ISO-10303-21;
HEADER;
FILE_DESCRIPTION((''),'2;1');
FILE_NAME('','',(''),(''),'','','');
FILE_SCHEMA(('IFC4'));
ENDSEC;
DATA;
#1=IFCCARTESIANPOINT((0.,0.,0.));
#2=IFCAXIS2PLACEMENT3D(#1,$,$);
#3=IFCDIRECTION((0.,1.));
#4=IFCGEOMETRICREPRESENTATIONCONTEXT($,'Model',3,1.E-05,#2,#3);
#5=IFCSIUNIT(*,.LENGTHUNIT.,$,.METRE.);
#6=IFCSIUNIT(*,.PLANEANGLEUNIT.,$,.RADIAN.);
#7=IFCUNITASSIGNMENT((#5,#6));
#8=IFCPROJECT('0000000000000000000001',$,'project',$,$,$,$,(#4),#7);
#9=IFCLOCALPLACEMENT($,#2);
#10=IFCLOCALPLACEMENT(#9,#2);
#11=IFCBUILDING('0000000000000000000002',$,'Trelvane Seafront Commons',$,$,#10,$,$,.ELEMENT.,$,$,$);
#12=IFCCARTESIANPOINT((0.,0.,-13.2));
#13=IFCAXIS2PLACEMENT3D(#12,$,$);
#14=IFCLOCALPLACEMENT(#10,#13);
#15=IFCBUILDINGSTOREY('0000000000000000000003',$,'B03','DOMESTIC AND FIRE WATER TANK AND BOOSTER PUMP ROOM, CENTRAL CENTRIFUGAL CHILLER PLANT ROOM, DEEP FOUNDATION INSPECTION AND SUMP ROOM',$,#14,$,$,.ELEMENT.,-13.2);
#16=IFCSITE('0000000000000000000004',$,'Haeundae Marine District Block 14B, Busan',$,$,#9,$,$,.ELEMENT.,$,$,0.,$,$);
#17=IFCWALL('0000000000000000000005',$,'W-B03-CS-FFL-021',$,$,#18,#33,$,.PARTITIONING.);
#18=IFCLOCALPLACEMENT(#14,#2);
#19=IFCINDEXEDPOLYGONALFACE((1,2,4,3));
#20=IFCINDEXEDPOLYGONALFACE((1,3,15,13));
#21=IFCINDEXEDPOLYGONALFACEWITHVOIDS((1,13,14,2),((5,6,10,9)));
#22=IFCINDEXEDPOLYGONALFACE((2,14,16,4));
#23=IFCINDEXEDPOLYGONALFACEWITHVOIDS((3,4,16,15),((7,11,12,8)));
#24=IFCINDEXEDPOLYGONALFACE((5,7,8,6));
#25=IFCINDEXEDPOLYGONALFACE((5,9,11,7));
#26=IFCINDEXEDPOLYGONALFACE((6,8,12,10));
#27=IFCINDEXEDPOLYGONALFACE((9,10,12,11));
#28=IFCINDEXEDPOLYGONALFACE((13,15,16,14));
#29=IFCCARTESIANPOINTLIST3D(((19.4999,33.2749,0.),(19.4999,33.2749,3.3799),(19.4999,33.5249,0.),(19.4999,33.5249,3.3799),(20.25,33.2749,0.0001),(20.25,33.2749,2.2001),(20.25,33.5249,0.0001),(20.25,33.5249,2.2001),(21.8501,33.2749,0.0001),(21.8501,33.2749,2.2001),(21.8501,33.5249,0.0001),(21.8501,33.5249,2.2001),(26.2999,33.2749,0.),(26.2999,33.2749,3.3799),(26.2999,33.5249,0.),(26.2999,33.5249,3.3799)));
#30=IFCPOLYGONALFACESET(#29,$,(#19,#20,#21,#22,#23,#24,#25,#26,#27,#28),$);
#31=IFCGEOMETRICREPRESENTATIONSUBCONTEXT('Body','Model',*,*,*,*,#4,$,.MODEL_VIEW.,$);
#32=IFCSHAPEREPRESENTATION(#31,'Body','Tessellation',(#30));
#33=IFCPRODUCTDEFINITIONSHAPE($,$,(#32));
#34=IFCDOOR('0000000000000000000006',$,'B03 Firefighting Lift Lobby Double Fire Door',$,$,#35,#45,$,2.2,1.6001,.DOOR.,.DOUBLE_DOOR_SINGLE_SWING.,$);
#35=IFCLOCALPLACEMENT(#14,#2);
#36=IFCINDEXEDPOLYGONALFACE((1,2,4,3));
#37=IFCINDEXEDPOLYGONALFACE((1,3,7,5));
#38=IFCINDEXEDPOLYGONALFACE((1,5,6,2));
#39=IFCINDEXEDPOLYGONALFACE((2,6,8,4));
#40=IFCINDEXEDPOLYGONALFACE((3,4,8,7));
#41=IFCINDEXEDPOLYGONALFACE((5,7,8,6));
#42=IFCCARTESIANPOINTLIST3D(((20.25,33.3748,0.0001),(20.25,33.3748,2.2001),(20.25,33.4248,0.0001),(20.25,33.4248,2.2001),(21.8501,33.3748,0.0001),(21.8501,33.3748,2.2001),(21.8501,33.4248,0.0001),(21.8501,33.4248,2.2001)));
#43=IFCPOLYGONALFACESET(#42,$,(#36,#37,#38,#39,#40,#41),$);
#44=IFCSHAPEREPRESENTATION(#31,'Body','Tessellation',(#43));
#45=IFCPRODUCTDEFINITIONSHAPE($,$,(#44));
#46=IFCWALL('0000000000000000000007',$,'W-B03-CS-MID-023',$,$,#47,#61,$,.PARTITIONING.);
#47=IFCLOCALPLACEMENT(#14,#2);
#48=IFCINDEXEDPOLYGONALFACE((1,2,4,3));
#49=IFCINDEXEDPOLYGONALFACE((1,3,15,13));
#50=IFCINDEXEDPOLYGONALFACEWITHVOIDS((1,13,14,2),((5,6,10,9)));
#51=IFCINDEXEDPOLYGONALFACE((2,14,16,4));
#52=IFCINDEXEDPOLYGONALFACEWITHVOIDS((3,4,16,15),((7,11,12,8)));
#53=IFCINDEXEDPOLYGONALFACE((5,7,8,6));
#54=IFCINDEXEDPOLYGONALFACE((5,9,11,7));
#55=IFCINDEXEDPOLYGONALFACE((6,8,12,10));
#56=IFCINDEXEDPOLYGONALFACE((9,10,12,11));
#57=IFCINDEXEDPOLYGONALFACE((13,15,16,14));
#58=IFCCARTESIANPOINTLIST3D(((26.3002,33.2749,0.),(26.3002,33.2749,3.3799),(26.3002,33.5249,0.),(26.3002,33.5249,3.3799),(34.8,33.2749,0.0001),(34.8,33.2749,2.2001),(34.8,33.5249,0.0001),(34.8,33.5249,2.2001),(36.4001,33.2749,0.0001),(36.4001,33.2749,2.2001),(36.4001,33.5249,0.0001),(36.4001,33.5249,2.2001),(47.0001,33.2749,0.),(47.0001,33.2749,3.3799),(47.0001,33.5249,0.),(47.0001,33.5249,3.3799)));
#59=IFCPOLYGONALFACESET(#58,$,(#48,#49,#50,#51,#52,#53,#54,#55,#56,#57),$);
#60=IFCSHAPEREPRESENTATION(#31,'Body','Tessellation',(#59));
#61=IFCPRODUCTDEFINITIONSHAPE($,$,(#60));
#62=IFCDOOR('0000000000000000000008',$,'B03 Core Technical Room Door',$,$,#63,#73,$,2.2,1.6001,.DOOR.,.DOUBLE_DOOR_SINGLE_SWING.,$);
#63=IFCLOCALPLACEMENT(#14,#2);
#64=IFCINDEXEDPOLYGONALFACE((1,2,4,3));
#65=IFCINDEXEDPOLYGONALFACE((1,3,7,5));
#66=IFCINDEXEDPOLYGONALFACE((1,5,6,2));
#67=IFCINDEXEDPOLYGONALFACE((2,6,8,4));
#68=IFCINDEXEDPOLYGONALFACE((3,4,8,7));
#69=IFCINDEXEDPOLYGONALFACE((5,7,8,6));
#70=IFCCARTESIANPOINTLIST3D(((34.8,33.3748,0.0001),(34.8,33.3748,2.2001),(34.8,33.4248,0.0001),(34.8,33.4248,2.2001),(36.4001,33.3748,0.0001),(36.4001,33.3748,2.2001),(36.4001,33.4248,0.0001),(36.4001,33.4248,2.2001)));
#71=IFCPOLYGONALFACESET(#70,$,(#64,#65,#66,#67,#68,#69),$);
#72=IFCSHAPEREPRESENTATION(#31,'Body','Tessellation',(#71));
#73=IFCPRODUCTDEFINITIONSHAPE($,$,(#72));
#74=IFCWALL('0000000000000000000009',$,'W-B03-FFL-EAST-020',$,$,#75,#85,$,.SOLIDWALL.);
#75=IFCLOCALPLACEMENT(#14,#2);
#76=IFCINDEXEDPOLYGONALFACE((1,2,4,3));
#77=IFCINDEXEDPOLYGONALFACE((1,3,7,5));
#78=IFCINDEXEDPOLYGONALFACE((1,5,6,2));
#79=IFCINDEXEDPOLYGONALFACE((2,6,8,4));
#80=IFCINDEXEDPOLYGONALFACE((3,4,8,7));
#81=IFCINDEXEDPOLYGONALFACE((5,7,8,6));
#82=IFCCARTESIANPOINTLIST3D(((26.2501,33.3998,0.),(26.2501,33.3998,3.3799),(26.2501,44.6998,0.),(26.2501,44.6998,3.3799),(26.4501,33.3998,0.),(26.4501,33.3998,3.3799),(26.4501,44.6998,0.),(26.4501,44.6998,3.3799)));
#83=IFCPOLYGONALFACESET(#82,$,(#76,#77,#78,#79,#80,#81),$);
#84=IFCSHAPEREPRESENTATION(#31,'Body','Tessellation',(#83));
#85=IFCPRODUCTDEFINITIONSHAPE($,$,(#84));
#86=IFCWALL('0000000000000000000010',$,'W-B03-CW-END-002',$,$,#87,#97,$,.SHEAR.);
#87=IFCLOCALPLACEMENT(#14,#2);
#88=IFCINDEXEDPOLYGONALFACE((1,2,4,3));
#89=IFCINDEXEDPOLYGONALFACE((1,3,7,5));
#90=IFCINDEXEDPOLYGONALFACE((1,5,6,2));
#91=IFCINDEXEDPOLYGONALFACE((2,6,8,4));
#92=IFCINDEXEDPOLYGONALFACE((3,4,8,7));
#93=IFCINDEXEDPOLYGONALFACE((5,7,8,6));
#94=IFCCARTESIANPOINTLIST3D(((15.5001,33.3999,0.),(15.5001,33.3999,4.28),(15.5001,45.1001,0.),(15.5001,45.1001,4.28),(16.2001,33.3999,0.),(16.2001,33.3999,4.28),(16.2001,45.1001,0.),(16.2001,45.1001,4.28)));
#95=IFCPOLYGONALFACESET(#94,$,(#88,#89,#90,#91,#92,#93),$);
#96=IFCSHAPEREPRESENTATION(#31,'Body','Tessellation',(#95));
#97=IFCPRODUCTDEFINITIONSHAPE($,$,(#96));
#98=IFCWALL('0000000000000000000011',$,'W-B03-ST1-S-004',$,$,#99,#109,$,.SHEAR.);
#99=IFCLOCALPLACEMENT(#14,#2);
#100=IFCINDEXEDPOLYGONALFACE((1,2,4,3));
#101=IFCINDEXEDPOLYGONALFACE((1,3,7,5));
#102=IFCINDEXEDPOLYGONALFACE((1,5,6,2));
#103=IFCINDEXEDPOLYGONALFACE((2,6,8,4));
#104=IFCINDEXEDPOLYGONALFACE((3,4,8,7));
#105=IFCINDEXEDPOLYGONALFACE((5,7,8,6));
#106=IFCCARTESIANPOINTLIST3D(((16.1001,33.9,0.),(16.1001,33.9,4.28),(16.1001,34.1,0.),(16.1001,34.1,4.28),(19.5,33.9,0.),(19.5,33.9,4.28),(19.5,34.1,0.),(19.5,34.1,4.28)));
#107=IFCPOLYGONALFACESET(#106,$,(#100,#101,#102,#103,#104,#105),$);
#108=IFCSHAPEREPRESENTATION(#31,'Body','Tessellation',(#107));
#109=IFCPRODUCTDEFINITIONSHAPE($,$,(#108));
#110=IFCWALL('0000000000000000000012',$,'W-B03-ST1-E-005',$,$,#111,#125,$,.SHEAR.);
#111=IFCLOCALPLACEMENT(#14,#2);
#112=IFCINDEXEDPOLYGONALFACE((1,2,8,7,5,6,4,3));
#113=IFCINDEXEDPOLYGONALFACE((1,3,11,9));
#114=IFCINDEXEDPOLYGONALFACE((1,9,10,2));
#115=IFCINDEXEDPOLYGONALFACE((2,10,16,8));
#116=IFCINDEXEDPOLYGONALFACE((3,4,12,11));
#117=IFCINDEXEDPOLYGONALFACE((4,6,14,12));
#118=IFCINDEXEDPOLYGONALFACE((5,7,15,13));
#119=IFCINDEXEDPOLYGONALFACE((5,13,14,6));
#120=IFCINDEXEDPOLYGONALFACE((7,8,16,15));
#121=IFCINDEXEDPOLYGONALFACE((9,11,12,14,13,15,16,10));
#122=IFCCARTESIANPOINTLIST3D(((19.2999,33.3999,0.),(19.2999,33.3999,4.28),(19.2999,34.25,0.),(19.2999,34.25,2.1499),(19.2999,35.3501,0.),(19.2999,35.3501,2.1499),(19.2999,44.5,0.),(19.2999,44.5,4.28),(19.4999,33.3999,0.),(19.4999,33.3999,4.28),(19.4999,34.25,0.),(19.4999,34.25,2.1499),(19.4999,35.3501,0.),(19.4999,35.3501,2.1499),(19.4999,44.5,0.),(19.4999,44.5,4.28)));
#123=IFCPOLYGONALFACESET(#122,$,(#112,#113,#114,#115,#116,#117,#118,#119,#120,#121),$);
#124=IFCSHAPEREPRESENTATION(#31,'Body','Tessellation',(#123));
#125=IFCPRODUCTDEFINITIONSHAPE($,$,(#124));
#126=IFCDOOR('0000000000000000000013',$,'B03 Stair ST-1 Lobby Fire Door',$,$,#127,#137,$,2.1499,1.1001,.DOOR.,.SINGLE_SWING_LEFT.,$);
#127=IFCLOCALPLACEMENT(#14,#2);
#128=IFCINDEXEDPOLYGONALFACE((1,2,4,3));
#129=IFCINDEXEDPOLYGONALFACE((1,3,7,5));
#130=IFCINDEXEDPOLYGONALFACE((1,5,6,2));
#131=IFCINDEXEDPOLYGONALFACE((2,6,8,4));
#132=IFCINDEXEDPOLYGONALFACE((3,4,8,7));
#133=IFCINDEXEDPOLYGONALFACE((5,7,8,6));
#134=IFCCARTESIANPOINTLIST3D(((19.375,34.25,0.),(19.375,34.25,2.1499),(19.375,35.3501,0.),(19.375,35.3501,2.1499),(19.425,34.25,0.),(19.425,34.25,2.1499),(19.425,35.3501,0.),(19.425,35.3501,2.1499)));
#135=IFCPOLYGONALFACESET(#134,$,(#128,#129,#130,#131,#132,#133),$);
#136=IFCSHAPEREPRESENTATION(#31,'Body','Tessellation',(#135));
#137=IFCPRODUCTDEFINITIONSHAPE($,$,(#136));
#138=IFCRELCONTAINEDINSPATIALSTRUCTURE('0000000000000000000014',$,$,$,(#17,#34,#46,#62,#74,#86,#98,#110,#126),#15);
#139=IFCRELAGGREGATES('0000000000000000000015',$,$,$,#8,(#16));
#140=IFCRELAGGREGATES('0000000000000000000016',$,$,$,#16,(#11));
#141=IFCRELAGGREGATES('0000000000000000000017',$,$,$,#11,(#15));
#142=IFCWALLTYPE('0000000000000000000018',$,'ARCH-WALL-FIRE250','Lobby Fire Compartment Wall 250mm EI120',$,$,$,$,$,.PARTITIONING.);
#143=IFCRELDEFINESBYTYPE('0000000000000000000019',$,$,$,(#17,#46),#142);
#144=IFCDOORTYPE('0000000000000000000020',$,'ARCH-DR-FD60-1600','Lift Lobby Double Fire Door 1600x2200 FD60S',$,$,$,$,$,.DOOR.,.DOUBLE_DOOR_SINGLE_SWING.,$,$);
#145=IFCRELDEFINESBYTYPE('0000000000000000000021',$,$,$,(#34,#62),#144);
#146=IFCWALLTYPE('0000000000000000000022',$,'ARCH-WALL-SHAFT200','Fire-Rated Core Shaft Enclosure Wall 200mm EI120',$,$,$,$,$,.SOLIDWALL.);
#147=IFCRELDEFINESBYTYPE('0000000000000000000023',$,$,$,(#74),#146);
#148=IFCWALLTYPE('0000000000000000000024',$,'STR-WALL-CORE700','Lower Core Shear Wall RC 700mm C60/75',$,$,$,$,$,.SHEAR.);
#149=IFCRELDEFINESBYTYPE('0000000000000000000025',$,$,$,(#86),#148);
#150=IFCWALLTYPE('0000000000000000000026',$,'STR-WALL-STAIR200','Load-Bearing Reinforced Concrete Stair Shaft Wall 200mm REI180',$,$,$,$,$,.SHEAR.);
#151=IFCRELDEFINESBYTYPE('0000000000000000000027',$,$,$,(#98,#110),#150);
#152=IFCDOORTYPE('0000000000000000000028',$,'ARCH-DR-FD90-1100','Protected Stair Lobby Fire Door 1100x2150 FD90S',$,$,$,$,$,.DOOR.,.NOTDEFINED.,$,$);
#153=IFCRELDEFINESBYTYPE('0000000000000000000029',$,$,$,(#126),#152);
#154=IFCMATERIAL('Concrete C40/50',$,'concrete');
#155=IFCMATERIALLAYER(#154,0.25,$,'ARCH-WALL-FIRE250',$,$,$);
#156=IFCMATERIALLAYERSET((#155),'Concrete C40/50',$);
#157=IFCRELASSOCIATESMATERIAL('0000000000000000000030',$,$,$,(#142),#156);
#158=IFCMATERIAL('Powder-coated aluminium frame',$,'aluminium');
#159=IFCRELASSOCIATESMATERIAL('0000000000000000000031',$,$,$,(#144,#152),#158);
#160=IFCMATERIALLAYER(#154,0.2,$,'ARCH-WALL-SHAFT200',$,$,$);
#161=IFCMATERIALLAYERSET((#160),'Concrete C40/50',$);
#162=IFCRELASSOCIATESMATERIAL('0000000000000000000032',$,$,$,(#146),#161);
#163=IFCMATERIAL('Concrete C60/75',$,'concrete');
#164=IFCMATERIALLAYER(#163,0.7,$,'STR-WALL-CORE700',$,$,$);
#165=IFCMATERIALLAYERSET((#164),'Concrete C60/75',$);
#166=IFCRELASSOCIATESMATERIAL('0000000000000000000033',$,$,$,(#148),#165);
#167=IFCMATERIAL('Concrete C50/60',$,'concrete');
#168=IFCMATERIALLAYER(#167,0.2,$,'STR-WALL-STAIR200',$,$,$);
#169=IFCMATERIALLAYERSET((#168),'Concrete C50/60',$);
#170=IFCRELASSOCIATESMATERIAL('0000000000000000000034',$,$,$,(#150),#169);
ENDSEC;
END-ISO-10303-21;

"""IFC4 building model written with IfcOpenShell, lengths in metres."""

from ifc_helpers import new_model, si_unit, direction, frame, frame_2d, origin, place, context, subcontext, project, spatial, rectangle, extrude, source, transform, mapped, material, layer, layer_set, type_object, element, fill, save


model = new_model("IFC4")

# Units and contexts
model_context = context("Model", 3, precision=1e-05, world=origin(), true_north=direction((0.0, 1.0)))
body_context = subcontext(model_context, "Body", "Model", "MODEL_VIEW")
ifc_project = project(units=[si_unit("LENGTHUNIT", "METRE"), si_unit("PLANEANGLEUNIT", "RADIAN")], contexts=[model_context])

# Site, building, storey
site_placement = place(None, origin())
site = spatial("IfcSite", under=ifc_project, at=site_placement, Name="Haeundae Marine District Block 14B, Busan", CompositionType="ELEMENT", RefElevation=0.0)
building_placement = place(site_placement, origin())
building = spatial("IfcBuilding", under=site, at=building_placement, Name="Trelvane Seafront Commons", CompositionType="ELEMENT")
storey_placement = place(building_placement, frame((0.0, 0.0, -13.2)))
storey = spatial("IfcBuildingStorey", under=building, at=storey_placement, Name="B03", Description="DOMESTIC AND FIRE WATER TANK AND BOOSTER PUMP ROOM, CENTRAL CENTRIFUGAL CHILLER PLANT ROOM, DEEP FOUNDATION INSPECTION AND SUMP ROOM", CompositionType="ELEMENT", Elevation=-13.2)

# Shared definitions
ifc_material_1 = material(Name="Concrete C50/60", Category="concrete")

# Shared definitions
ifc_material_2 = material(Name="Concrete C60/75", Category="concrete")

# Shared definitions
ifc_material_3 = material(Name="Concrete C40/50", Category="concrete")

# Walls, openings, doors
ifc_layer_1 = layer(ifc_material_3, 0.25, Name="ARCH-WALL-FIRE250")
ifc_layer_set_1 = layer_set([ifc_layer_1], Name="Concrete C40/50")
wall_type_1 = type_object("IfcWallType", Name="ARCH-WALL-FIRE250", Description="Lobby Fire Compartment Wall 250mm EI120", PredefinedType="PARTITIONING", material=ifc_layer_set_1)
wall_1_placement = place(storey_placement, frame((19.5, 33.3999, 0.0), z_axis=(0.0, 0.0, 1.0), x_axis=(1.0, 0.0, 0.0)))
wall_1 = element("IfcWall", 1, at=wall_1_placement, inside=storey, type_object=wall_type_1, Name="W-B03-CS-FFL-021", PredefinedType="PARTITIONING", context=body_context, shape_type="SweptSolid", body=[
    extrude(rectangle(XDim=6.8, YDim=0.25, at=frame_2d((3.3999, 0.0))), origin(), (0.0, 0.0, 1.0), 3.3799),
])
opening_1_placement = place(wall_1_placement, frame((0.75, 0.0, 0.0)))
opening_1 = element("IfcOpeningElement", 2, at=opening_1_placement, cuts=wall_1, PredefinedType="OPENING", context=body_context, shape_type="SweptSolid", body=[
    extrude(rectangle(XDim=1.6001, YDim=2.2, at=frame_2d((0.8, 1.1001))), frame((0.0, 0.135, 0.0), z_axis=(0.0, -1.0, 0.0), x_axis=(1.0, 0.0, 0.0)), (0.0, 0.0, 1.0), 0.27),
])
ifc_material_4 = material(Name="Powder-coated aluminium frame", Category="aluminium")
door_type_1 = type_object("IfcDoorType", Name="ARCH-DR-FD60-1600", Description="Lift Lobby Double Fire Door 1600x2200 FD60S", OperationType="DOUBLE_DOOR_SINGLE_SWING", PredefinedType="DOOR", material=ifc_material_4)
shared_shape_1 = source(origin(), body_context, "Body", "SweptSolid", [
    extrude(rectangle(XDim=1.6001, YDim=2.2, at=frame_2d((0.8, 1.1001))), frame((0.0, 0.0249, 0.0), z_axis=(0.0, -1.0, 0.0), x_axis=(1.0, 0.0, 0.0)), (0.0, 0.0, 1.0), 0.05),
])
door_1_placement = place(opening_1_placement, origin())
door_1 = element("IfcDoor", 3, at=door_1_placement, inside=storey, type_object=door_type_1, Name="B03 Firefighting Lift Lobby Double Fire Door", OperationType="DOUBLE_DOOR_SINGLE_SWING", OverallHeight=2.2, OverallWidth=1.6001, PredefinedType="DOOR", context=body_context, shape_type="MappedRepresentation", body=[
    mapped(shared_shape_1, transform((0.0, 0.0, 0.0), x_axis=(1.0, 0.0, 0.0), y_axis=(0.0, 1.0, 0.0), z_axis=(0.0, 0.0, 1.0), scale=1.0)),
])
fill(opening_1, door_1)
wall_2_placement = place(storey_placement, frame((26.3, 33.3999, 0.0), z_axis=(0.0, 0.0, 1.0), x_axis=(1.0, 0.0, 0.0)))
wall_2 = element("IfcWall", 4, at=wall_2_placement, inside=storey, type_object=wall_type_1, Name="W-B03-CS-MID-023", PredefinedType="PARTITIONING", context=body_context, shape_type="SweptSolid", body=[
    extrude(rectangle(XDim=20.7, YDim=0.25, at=frame_2d((10.3501, 0.0))), origin(), (0.0, 0.0, 1.0), 3.3799),
])
opening_2_placement = place(wall_2_placement, frame((8.5, 0.0, 0.0)))
opening_2 = element("IfcOpeningElement", 5, at=opening_2_placement, cuts=wall_2, PredefinedType="OPENING", context=body_context, shape_type="SweptSolid", body=[
    extrude(rectangle(XDim=1.6001, YDim=2.2, at=frame_2d((0.8, 1.1001))), frame((0.0, 0.135, 0.0), z_axis=(0.0, -1.0, 0.0), x_axis=(1.0, 0.0, 0.0)), (0.0, 0.0, 1.0), 0.27),
])
door_2_placement = place(opening_2_placement, origin())
door_2 = element("IfcDoor", 6, at=door_2_placement, inside=storey, type_object=door_type_1, Name="B03 Core Technical Room Door", OperationType="DOUBLE_DOOR_SINGLE_SWING", OverallHeight=2.2, OverallWidth=1.6001, PredefinedType="DOOR", context=body_context, shape_type="MappedRepresentation", body=[
    mapped(shared_shape_1, transform((0.0, 0.0, 0.0), x_axis=(1.0, 0.0, 0.0), y_axis=(0.0, 1.0, 0.0), z_axis=(0.0, 0.0, 1.0), scale=1.0)),
])
fill(opening_2, door_2)

# Walls
ifc_layer_2 = layer(ifc_material_3, 0.2, Name="ARCH-WALL-SHAFT200")
ifc_layer_set_2 = layer_set([ifc_layer_2], Name="Concrete C40/50")
wall_type_2 = type_object("IfcWallType", Name="ARCH-WALL-SHAFT200", Description="Fire-Rated Core Shaft Enclosure Wall 200mm EI120", PredefinedType="SOLIDWALL", material=ifc_layer_set_2)
wall_3_placement = place(storey_placement, frame((26.3501, 33.3999, 0.0), z_axis=(0.0, 0.0, 1.0), x_axis=(0.0, 1.0, 0.0)))
element("IfcWall", 7, at=wall_3_placement, inside=storey, type_object=wall_type_2, Name="W-B03-FFL-EAST-020", PredefinedType="SOLIDWALL", context=body_context, shape_type="SweptSolid", body=[
    extrude(rectangle(XDim=11.3, YDim=0.2, at=frame_2d((5.6499, 0.0))), origin(), (0.0, 0.0, 1.0), 3.3799),
])
ifc_layer_3 = layer(ifc_material_2, 0.7, Name="STR-WALL-CORE700")
ifc_layer_set_3 = layer_set([ifc_layer_3], Name="Concrete C60/75")
wall_type_3 = type_object("IfcWallType", Name="STR-WALL-CORE700", Description="Lower Core Shear Wall RC 700mm C60/75", PredefinedType="SHEAR", material=ifc_layer_set_3)
wall_4_placement = place(storey_placement, frame((15.8501, 33.3999, 0.0), z_axis=(0.0, 0.0, 1.0), x_axis=(0.0, 1.0, 0.0)))
element("IfcWall", 8, at=wall_4_placement, inside=storey, type_object=wall_type_3, Name="W-B03-CW-END-002", PredefinedType="SHEAR", context=body_context, shape_type="SweptSolid", body=[
    extrude(rectangle(XDim=11.7002, YDim=0.7, at=frame_2d((5.8501, 0.0))), origin(), (0.0, 0.0, 1.0), 4.28),
])
ifc_layer_4 = layer(ifc_material_1, 0.2, Name="STR-WALL-STAIR200")
ifc_layer_set_4 = layer_set([ifc_layer_4], Name="Concrete C50/60")
wall_type_4 = type_object("IfcWallType", Name="STR-WALL-STAIR200", Description="Load-Bearing Reinforced Concrete Stair Shaft Wall 200mm REI180", PredefinedType="SHEAR", material=ifc_layer_set_4)
wall_5_placement = place(storey_placement, frame((16.1001, 34.0, 0.0), z_axis=(0.0, 0.0, 1.0), x_axis=(1.0, 0.0, 0.0)))
element("IfcWall", 9, at=wall_5_placement, inside=storey, type_object=wall_type_4, Name="W-B03-ST1-S-004", PredefinedType="SHEAR", context=body_context, shape_type="SweptSolid", body=[
    extrude(rectangle(XDim=3.3999, YDim=0.2, at=frame_2d((1.7, 0.0))), origin(), (0.0, 0.0, 1.0), 4.28),
])

# Wall, opening, door
wall_6_placement = place(storey_placement, frame((19.3999, 33.3999, 0.0), z_axis=(0.0, 0.0, 1.0), x_axis=(0.0, 1.0, 0.0)))
wall_6 = element("IfcWall", 10, at=wall_6_placement, inside=storey, type_object=wall_type_4, Name="W-B03-ST1-E-005", PredefinedType="SHEAR", context=body_context, shape_type="SweptSolid", body=[
    extrude(rectangle(XDim=11.1001, YDim=0.2, at=frame_2d((5.55, 0.0))), origin(), (0.0, 0.0, 1.0), 4.28),
])
opening_3_placement = place(wall_6_placement, frame((0.8501, 0.0, 0.0)))
opening_3 = element("IfcOpeningElement", 11, at=opening_3_placement, cuts=wall_6, PredefinedType="OPENING", context=body_context, shape_type="SweptSolid", body=[
    extrude(rectangle(XDim=1.1001, YDim=2.1499, at=frame_2d((0.55, 1.075))), frame((0.0, 0.1099, 0.0), z_axis=(0.0, -1.0, 0.0), x_axis=(1.0, 0.0, 0.0)), (0.0, 0.0, 1.0), 0.22),
])
door_type_2 = type_object("IfcDoorType", Name="ARCH-DR-FD90-1100", Description="Protected Stair Lobby Fire Door 1100x2150 FD90S", OperationType="NOTDEFINED", PredefinedType="DOOR", material=ifc_material_4)
shared_shape_2 = source(origin(), body_context, "Body", "SweptSolid", [
    extrude(rectangle(XDim=1.1001, YDim=2.1499, at=frame_2d((0.55, 1.075))), frame((0.0, 0.0249, 0.0), z_axis=(0.0, -1.0, 0.0), x_axis=(1.0, 0.0, 0.0)), (0.0, 0.0, 1.0), 0.05),
])
door_3_placement = place(opening_3_placement, origin())
door_3 = element("IfcDoor", 12, at=door_3_placement, inside=storey, type_object=door_type_2, Name="B03 Stair ST-1 Lobby Fire Door", OperationType="SINGLE_SWING_LEFT", OverallHeight=2.1499, OverallWidth=1.1001, PredefinedType="DOOR", context=body_context, shape_type="MappedRepresentation", body=[
    mapped(shared_shape_2, transform((0.0, 0.0, 0.0), x_axis=(1.0, 0.0, 0.0), y_axis=(0.0, 1.0, 0.0), z_axis=(0.0, 0.0, 1.0), scale=1.0)),
])
fill(opening_3, door_3)

save(model, "model.ifc")
